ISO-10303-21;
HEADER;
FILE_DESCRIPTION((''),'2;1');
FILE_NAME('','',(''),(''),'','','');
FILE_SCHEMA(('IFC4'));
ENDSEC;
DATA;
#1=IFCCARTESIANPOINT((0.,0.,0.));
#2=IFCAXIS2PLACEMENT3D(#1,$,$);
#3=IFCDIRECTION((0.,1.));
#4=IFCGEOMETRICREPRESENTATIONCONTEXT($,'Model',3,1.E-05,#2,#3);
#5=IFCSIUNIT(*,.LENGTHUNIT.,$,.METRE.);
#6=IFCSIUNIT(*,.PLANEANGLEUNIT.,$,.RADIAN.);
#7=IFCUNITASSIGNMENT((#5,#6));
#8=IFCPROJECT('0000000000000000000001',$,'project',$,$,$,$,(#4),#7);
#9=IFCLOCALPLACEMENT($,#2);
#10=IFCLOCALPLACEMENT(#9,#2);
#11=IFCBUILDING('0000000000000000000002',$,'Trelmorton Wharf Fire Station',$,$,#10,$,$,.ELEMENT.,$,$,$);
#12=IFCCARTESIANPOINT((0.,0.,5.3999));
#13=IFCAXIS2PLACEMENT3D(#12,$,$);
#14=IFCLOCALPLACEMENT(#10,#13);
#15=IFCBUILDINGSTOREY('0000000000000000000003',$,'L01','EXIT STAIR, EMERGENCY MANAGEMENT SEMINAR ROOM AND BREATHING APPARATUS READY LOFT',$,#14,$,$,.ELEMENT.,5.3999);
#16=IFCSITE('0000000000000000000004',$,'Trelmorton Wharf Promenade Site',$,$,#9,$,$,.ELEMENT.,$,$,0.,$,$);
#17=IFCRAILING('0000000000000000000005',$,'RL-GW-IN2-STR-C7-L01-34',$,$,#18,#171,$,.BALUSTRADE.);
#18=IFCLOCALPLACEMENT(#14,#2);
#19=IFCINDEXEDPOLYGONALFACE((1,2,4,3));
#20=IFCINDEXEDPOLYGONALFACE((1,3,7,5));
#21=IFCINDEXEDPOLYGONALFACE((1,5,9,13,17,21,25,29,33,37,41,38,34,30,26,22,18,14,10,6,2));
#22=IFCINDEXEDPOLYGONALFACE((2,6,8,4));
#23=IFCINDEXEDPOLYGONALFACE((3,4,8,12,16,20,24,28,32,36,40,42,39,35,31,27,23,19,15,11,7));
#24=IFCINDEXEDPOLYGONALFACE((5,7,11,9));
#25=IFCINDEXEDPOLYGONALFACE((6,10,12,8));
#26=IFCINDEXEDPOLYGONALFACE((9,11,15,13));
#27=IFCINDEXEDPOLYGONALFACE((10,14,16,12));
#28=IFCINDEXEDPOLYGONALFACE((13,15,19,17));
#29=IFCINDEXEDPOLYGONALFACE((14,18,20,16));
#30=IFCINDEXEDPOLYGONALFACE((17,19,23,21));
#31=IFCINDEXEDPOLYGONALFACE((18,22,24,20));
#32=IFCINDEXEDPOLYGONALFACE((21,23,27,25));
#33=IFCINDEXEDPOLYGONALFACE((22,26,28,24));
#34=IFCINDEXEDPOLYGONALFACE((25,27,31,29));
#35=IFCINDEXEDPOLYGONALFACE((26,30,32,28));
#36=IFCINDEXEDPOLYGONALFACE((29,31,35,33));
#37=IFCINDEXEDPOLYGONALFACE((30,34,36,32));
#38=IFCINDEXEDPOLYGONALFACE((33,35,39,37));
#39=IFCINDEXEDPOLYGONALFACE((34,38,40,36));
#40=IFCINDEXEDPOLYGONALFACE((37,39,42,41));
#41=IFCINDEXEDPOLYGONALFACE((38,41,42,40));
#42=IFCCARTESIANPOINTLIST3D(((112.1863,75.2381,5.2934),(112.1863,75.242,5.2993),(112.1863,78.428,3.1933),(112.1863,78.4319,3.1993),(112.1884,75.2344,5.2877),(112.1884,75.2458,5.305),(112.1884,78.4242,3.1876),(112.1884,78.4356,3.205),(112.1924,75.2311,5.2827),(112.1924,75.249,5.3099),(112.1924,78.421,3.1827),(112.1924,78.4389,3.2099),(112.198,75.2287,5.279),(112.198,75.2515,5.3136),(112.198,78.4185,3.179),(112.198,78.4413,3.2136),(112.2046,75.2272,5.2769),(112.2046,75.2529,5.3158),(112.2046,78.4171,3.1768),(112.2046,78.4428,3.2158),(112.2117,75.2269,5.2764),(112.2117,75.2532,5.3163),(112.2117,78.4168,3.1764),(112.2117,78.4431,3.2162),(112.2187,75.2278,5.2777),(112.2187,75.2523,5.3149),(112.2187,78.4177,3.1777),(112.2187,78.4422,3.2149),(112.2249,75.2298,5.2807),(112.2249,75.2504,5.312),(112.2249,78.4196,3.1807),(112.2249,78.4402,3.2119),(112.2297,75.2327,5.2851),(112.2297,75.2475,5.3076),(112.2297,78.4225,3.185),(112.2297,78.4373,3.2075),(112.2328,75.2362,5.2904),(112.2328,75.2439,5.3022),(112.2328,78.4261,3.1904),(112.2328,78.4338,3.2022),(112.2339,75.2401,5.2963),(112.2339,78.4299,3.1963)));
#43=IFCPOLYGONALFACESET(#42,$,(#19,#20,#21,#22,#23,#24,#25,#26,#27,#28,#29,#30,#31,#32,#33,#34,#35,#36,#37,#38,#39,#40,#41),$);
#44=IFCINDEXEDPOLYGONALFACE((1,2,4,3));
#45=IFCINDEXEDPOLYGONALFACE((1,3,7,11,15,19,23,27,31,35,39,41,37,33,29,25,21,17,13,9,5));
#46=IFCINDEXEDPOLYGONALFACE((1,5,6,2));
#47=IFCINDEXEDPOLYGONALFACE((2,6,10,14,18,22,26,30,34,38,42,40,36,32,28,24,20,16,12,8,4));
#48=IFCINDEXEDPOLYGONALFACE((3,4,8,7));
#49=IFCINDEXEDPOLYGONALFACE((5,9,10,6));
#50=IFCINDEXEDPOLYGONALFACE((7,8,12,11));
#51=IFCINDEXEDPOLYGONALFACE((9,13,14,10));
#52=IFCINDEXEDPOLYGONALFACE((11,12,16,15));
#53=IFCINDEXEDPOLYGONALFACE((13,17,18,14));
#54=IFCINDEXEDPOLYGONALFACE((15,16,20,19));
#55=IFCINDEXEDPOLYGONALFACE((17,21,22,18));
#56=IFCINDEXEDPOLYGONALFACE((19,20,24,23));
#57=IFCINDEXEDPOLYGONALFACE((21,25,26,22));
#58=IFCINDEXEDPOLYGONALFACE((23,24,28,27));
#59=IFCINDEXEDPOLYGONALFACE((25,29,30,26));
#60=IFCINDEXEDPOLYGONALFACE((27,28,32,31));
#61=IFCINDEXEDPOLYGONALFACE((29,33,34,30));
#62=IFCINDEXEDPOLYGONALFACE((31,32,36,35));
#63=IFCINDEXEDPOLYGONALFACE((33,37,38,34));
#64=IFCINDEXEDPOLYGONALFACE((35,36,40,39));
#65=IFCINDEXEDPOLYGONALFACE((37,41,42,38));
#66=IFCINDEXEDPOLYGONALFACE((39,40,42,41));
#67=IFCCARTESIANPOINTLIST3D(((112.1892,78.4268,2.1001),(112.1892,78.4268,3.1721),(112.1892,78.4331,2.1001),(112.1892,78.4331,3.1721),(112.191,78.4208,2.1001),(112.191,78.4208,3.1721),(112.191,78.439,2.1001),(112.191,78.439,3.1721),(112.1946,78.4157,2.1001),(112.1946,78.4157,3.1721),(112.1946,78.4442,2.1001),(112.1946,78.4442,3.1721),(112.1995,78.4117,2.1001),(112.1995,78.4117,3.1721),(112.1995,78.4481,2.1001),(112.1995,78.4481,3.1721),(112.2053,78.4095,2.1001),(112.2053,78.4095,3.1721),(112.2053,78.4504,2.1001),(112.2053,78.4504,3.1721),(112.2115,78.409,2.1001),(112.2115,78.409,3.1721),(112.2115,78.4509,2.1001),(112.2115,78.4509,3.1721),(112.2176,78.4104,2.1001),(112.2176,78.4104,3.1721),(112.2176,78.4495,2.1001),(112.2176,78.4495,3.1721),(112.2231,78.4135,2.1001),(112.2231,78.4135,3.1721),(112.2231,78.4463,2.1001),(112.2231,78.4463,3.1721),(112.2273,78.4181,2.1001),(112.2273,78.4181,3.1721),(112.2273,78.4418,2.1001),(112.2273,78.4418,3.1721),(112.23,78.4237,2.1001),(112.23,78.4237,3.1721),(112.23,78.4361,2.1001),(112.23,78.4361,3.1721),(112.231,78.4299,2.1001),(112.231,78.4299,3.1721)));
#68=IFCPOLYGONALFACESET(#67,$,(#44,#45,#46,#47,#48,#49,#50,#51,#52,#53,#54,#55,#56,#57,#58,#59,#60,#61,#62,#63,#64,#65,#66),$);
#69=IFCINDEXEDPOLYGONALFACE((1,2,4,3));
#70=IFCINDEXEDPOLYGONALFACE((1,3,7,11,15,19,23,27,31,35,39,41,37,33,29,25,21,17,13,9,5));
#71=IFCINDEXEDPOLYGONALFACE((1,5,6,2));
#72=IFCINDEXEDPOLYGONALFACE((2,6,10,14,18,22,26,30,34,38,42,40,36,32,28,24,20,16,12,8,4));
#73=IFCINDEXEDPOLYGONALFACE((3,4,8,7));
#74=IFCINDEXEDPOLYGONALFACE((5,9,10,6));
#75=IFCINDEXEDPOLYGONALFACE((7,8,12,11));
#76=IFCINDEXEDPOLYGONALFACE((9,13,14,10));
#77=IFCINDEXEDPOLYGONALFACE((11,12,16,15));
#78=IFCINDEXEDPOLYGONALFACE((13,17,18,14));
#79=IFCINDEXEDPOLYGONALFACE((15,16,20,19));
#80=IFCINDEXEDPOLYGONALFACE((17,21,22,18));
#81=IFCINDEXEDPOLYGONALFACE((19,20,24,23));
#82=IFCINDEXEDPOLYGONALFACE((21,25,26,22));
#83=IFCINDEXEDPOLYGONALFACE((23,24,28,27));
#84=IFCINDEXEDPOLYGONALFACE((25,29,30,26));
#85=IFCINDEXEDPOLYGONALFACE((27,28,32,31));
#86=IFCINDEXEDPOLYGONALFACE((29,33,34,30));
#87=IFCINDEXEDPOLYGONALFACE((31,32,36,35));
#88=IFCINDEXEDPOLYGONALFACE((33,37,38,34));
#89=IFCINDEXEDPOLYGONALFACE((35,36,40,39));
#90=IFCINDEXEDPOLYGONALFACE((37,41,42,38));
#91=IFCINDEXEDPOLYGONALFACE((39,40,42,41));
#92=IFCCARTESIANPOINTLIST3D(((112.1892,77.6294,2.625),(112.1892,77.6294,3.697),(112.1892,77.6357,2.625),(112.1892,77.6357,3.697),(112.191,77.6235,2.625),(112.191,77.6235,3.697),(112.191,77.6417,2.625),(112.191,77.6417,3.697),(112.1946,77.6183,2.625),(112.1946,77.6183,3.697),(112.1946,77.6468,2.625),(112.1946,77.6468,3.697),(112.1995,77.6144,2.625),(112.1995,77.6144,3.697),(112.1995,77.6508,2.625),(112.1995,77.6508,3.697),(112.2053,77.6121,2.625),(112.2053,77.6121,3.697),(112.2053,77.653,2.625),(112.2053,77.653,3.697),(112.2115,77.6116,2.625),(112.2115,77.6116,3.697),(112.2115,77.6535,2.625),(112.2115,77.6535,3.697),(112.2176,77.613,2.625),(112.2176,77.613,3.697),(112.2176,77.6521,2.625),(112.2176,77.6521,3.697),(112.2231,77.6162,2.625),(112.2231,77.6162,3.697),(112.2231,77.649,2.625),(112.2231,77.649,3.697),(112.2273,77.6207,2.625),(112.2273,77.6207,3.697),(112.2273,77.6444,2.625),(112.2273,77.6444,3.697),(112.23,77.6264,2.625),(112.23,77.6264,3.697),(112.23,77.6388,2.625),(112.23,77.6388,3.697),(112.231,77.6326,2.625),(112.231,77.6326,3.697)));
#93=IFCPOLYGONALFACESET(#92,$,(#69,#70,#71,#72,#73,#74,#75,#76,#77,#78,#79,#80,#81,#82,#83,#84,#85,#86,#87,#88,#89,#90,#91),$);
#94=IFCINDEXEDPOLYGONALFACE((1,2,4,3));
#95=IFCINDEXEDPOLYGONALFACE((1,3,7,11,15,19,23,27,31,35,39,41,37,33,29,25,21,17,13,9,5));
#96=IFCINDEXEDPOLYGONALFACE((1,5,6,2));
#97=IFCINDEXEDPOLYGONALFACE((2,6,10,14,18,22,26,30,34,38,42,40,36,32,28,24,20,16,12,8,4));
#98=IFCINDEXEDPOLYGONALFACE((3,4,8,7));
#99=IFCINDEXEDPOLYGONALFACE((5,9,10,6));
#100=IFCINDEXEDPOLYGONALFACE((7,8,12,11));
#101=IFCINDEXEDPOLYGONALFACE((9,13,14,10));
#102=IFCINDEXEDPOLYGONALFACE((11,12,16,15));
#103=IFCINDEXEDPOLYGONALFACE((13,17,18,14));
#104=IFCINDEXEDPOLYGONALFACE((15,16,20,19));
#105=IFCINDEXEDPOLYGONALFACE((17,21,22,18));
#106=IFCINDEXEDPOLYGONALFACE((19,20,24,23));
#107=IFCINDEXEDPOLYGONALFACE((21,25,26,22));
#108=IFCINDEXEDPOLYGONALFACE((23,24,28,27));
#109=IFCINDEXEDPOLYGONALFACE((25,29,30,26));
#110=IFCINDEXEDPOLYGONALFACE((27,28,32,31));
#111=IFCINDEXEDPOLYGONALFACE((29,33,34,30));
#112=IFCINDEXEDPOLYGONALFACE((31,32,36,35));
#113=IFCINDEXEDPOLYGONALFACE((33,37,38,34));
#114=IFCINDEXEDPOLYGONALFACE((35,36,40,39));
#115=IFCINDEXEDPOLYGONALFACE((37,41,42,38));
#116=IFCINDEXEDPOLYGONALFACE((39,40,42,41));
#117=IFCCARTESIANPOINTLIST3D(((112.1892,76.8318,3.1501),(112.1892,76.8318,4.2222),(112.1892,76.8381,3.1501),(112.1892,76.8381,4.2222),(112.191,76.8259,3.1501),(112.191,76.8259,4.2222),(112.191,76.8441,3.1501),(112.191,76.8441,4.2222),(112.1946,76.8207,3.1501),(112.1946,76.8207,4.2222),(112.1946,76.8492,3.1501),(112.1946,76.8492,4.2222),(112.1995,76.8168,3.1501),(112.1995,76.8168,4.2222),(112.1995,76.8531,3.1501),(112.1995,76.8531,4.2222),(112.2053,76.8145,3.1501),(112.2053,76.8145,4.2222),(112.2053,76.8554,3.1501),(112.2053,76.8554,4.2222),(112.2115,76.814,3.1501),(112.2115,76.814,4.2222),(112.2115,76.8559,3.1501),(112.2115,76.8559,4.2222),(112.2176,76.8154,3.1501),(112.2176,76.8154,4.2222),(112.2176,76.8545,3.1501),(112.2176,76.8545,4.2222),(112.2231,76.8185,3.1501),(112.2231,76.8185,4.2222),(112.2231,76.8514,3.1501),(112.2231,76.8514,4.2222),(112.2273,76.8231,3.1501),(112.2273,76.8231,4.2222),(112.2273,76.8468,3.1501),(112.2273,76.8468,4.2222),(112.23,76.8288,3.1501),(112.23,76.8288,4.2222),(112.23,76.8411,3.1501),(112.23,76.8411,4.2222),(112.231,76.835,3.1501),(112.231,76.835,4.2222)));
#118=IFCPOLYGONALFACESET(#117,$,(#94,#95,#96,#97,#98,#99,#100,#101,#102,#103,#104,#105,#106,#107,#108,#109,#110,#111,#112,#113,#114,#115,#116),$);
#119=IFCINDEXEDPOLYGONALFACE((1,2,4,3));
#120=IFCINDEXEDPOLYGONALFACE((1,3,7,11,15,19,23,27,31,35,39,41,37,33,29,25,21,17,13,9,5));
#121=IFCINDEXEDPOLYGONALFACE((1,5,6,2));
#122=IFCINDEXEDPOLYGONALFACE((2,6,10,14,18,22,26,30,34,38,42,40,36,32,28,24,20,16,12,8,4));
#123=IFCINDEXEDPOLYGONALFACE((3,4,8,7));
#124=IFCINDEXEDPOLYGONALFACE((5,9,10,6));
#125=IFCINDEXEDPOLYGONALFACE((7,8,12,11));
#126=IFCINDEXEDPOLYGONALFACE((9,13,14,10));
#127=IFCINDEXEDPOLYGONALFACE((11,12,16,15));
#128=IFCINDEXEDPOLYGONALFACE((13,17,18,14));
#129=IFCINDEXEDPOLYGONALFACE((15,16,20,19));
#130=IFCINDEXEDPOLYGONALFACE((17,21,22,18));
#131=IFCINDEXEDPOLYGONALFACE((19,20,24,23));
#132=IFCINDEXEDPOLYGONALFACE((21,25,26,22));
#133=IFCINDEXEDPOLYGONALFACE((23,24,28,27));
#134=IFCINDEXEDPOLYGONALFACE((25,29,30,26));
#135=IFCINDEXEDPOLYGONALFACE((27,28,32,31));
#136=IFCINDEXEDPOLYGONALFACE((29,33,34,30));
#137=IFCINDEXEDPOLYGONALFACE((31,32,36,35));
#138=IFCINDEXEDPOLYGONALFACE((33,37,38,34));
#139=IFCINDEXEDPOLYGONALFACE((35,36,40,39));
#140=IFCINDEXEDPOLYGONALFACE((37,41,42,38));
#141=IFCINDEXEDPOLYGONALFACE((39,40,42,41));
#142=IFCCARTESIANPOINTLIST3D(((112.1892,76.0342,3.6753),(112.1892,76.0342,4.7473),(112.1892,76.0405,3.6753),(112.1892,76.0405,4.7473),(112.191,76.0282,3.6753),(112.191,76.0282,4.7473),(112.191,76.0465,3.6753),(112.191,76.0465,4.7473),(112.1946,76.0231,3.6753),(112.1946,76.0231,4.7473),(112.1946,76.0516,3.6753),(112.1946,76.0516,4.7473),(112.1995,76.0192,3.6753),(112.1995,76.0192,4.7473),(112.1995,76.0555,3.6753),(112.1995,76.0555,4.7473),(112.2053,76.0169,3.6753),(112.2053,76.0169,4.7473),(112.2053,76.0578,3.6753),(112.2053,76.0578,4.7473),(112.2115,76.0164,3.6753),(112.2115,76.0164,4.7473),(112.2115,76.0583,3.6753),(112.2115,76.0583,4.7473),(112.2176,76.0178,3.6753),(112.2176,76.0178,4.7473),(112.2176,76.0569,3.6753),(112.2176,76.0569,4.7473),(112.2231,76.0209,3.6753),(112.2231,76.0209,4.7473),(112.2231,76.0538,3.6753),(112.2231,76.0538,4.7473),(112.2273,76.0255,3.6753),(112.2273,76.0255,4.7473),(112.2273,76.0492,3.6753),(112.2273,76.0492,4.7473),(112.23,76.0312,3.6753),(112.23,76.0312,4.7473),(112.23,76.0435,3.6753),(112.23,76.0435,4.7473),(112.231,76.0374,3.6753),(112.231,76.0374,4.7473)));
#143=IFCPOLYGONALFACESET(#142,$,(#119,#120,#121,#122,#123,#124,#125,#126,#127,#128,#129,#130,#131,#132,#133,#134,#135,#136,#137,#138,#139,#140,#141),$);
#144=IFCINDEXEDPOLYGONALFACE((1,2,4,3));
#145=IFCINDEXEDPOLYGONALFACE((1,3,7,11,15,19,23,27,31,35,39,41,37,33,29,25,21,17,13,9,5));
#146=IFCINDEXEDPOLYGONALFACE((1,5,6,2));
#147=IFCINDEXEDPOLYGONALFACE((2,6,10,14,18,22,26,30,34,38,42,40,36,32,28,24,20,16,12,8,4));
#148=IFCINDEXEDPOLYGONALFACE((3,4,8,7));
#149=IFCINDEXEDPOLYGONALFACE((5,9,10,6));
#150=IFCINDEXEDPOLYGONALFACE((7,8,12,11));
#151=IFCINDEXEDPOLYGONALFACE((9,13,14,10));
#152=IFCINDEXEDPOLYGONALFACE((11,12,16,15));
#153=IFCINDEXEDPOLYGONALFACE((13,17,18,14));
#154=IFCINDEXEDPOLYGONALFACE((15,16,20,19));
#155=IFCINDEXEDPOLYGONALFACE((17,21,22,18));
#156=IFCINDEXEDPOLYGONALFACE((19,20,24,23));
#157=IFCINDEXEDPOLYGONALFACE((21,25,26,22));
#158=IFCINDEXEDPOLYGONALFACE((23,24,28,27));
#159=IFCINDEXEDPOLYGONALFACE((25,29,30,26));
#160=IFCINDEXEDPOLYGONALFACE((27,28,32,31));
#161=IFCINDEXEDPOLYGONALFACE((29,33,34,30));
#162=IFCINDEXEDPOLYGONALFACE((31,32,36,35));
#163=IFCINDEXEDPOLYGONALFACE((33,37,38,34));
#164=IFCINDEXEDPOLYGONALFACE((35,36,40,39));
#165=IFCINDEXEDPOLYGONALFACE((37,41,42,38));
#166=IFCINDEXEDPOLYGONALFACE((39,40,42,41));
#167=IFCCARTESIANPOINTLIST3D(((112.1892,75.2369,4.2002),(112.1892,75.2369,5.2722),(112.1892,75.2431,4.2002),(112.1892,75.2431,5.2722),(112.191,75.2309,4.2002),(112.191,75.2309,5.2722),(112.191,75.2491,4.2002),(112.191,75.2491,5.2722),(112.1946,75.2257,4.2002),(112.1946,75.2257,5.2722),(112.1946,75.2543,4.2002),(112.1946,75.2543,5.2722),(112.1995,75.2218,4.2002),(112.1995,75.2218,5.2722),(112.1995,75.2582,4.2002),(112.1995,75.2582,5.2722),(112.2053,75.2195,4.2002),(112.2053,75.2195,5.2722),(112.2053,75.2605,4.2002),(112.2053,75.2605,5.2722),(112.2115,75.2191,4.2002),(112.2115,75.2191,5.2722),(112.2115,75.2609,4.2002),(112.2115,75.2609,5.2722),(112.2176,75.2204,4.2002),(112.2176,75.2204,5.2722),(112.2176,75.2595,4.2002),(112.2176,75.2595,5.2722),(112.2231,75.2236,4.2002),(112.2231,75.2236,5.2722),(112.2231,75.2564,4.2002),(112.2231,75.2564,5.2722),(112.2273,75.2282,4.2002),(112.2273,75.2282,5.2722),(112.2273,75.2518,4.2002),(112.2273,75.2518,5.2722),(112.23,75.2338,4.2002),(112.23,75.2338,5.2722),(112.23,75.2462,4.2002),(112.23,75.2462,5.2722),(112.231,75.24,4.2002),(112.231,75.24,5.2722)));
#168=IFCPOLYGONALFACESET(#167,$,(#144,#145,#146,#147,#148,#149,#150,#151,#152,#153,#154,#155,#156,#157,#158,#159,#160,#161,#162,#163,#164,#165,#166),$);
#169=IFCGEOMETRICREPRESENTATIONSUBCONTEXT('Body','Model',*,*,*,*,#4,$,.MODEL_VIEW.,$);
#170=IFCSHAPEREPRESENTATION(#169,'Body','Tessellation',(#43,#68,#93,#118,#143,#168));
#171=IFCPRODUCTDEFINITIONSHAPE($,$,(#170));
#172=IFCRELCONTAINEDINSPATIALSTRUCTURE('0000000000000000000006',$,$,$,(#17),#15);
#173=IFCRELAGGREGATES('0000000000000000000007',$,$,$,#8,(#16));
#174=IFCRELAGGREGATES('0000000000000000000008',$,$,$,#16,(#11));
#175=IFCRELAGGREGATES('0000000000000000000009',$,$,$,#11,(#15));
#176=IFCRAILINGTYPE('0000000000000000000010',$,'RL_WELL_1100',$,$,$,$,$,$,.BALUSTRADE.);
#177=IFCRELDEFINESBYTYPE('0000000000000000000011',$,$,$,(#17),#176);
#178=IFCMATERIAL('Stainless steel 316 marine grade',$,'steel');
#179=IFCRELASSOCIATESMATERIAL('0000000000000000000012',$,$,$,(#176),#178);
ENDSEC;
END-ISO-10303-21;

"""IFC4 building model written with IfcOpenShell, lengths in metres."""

from ifc_helpers import new_model, si_unit, direction, frame, origin, origin_2d, place, context, subcontext, project, spatial, circle, extrude, material, type_object, element, save


model = new_model("IFC4")

# Units and contexts
model_context = context("Model", 3, precision=1e-05, world=origin(), true_north=direction((0.0, 1.0)))
body_context = subcontext(model_context, "Body", "Model", "MODEL_VIEW")
ifc_project = project(units=[si_unit("LENGTHUNIT", "METRE"), si_unit("PLANEANGLEUNIT", "RADIAN")], contexts=[model_context])

# Site, building, storey
site_placement = place(None, origin())
site = spatial("IfcSite", under=ifc_project, at=site_placement, Name="Trelmorton Wharf Promenade Site", CompositionType="ELEMENT", RefElevation=0.0)
building_placement = place(site_placement, origin())
building = spatial("IfcBuilding", under=site, at=building_placement, Name="Trelmorton Wharf Fire Station", CompositionType="ELEMENT")
storey_placement = place(building_placement, frame((0.0, 0.0, 5.3999)))
storey = spatial("IfcBuildingStorey", under=building, at=storey_placement, Name="L01", Description="EXIT STAIR, EMERGENCY MANAGEMENT SEMINAR ROOM AND BREATHING APPARATUS READY LOFT", CompositionType="ELEMENT", Elevation=5.3999)

# Shared definitions
ifc_material_1 = material(Name="Stainless steel 316 marine grade", Category="steel")

# Railing
railing_type_1 = type_object("IfcRailingType", Name="RL_WELL_1100", PredefinedType="BALUSTRADE", material=ifc_material_1)
railing_1_placement = place(storey_placement, frame((112.21, 78.4299, 2.1001)))
element("IfcRailing", 1, at=railing_1_placement, inside=storey, type_object=railing_type_1, Name="RL-GW-IN2-STR-C7-L01-34", PredefinedType="BALUSTRADE", context=body_context, shape_type="SweptSolid", body=[
    extrude(circle(Radius=0.0239, at=origin_2d()), frame((0.0, 0.0, 1.0962), z_axis=(0.0, -0.835242, 0.549882), x_axis=(1.0, 0.0, 0.0)), (0.0, 0.0, 1.0), 3.8191),
    extrude(circle(Radius=0.021, at=origin_2d()), origin(), (0.0, 0.0, 1.0), 1.072),
    extrude(circle(Radius=0.021, at=origin_2d()), frame((0.0, -0.7974, 0.5249)), (0.0, 0.0, 1.0), 1.072),
    extrude(circle(Radius=0.021, at=origin_2d()), frame((0.0, -1.595, 1.05)), (0.0, 0.0, 1.0), 1.072),
    extrude(circle(Radius=0.021, at=origin_2d()), frame((0.0, -2.3926, 1.5752)), (0.0, 0.0, 1.0), 1.072),
    extrude(circle(Radius=0.021, at=origin_2d()), frame((0.0, -3.1899, 2.1001)), (0.0, 0.0, 1.0), 1.072),
])

save(model, "model.ifc")
